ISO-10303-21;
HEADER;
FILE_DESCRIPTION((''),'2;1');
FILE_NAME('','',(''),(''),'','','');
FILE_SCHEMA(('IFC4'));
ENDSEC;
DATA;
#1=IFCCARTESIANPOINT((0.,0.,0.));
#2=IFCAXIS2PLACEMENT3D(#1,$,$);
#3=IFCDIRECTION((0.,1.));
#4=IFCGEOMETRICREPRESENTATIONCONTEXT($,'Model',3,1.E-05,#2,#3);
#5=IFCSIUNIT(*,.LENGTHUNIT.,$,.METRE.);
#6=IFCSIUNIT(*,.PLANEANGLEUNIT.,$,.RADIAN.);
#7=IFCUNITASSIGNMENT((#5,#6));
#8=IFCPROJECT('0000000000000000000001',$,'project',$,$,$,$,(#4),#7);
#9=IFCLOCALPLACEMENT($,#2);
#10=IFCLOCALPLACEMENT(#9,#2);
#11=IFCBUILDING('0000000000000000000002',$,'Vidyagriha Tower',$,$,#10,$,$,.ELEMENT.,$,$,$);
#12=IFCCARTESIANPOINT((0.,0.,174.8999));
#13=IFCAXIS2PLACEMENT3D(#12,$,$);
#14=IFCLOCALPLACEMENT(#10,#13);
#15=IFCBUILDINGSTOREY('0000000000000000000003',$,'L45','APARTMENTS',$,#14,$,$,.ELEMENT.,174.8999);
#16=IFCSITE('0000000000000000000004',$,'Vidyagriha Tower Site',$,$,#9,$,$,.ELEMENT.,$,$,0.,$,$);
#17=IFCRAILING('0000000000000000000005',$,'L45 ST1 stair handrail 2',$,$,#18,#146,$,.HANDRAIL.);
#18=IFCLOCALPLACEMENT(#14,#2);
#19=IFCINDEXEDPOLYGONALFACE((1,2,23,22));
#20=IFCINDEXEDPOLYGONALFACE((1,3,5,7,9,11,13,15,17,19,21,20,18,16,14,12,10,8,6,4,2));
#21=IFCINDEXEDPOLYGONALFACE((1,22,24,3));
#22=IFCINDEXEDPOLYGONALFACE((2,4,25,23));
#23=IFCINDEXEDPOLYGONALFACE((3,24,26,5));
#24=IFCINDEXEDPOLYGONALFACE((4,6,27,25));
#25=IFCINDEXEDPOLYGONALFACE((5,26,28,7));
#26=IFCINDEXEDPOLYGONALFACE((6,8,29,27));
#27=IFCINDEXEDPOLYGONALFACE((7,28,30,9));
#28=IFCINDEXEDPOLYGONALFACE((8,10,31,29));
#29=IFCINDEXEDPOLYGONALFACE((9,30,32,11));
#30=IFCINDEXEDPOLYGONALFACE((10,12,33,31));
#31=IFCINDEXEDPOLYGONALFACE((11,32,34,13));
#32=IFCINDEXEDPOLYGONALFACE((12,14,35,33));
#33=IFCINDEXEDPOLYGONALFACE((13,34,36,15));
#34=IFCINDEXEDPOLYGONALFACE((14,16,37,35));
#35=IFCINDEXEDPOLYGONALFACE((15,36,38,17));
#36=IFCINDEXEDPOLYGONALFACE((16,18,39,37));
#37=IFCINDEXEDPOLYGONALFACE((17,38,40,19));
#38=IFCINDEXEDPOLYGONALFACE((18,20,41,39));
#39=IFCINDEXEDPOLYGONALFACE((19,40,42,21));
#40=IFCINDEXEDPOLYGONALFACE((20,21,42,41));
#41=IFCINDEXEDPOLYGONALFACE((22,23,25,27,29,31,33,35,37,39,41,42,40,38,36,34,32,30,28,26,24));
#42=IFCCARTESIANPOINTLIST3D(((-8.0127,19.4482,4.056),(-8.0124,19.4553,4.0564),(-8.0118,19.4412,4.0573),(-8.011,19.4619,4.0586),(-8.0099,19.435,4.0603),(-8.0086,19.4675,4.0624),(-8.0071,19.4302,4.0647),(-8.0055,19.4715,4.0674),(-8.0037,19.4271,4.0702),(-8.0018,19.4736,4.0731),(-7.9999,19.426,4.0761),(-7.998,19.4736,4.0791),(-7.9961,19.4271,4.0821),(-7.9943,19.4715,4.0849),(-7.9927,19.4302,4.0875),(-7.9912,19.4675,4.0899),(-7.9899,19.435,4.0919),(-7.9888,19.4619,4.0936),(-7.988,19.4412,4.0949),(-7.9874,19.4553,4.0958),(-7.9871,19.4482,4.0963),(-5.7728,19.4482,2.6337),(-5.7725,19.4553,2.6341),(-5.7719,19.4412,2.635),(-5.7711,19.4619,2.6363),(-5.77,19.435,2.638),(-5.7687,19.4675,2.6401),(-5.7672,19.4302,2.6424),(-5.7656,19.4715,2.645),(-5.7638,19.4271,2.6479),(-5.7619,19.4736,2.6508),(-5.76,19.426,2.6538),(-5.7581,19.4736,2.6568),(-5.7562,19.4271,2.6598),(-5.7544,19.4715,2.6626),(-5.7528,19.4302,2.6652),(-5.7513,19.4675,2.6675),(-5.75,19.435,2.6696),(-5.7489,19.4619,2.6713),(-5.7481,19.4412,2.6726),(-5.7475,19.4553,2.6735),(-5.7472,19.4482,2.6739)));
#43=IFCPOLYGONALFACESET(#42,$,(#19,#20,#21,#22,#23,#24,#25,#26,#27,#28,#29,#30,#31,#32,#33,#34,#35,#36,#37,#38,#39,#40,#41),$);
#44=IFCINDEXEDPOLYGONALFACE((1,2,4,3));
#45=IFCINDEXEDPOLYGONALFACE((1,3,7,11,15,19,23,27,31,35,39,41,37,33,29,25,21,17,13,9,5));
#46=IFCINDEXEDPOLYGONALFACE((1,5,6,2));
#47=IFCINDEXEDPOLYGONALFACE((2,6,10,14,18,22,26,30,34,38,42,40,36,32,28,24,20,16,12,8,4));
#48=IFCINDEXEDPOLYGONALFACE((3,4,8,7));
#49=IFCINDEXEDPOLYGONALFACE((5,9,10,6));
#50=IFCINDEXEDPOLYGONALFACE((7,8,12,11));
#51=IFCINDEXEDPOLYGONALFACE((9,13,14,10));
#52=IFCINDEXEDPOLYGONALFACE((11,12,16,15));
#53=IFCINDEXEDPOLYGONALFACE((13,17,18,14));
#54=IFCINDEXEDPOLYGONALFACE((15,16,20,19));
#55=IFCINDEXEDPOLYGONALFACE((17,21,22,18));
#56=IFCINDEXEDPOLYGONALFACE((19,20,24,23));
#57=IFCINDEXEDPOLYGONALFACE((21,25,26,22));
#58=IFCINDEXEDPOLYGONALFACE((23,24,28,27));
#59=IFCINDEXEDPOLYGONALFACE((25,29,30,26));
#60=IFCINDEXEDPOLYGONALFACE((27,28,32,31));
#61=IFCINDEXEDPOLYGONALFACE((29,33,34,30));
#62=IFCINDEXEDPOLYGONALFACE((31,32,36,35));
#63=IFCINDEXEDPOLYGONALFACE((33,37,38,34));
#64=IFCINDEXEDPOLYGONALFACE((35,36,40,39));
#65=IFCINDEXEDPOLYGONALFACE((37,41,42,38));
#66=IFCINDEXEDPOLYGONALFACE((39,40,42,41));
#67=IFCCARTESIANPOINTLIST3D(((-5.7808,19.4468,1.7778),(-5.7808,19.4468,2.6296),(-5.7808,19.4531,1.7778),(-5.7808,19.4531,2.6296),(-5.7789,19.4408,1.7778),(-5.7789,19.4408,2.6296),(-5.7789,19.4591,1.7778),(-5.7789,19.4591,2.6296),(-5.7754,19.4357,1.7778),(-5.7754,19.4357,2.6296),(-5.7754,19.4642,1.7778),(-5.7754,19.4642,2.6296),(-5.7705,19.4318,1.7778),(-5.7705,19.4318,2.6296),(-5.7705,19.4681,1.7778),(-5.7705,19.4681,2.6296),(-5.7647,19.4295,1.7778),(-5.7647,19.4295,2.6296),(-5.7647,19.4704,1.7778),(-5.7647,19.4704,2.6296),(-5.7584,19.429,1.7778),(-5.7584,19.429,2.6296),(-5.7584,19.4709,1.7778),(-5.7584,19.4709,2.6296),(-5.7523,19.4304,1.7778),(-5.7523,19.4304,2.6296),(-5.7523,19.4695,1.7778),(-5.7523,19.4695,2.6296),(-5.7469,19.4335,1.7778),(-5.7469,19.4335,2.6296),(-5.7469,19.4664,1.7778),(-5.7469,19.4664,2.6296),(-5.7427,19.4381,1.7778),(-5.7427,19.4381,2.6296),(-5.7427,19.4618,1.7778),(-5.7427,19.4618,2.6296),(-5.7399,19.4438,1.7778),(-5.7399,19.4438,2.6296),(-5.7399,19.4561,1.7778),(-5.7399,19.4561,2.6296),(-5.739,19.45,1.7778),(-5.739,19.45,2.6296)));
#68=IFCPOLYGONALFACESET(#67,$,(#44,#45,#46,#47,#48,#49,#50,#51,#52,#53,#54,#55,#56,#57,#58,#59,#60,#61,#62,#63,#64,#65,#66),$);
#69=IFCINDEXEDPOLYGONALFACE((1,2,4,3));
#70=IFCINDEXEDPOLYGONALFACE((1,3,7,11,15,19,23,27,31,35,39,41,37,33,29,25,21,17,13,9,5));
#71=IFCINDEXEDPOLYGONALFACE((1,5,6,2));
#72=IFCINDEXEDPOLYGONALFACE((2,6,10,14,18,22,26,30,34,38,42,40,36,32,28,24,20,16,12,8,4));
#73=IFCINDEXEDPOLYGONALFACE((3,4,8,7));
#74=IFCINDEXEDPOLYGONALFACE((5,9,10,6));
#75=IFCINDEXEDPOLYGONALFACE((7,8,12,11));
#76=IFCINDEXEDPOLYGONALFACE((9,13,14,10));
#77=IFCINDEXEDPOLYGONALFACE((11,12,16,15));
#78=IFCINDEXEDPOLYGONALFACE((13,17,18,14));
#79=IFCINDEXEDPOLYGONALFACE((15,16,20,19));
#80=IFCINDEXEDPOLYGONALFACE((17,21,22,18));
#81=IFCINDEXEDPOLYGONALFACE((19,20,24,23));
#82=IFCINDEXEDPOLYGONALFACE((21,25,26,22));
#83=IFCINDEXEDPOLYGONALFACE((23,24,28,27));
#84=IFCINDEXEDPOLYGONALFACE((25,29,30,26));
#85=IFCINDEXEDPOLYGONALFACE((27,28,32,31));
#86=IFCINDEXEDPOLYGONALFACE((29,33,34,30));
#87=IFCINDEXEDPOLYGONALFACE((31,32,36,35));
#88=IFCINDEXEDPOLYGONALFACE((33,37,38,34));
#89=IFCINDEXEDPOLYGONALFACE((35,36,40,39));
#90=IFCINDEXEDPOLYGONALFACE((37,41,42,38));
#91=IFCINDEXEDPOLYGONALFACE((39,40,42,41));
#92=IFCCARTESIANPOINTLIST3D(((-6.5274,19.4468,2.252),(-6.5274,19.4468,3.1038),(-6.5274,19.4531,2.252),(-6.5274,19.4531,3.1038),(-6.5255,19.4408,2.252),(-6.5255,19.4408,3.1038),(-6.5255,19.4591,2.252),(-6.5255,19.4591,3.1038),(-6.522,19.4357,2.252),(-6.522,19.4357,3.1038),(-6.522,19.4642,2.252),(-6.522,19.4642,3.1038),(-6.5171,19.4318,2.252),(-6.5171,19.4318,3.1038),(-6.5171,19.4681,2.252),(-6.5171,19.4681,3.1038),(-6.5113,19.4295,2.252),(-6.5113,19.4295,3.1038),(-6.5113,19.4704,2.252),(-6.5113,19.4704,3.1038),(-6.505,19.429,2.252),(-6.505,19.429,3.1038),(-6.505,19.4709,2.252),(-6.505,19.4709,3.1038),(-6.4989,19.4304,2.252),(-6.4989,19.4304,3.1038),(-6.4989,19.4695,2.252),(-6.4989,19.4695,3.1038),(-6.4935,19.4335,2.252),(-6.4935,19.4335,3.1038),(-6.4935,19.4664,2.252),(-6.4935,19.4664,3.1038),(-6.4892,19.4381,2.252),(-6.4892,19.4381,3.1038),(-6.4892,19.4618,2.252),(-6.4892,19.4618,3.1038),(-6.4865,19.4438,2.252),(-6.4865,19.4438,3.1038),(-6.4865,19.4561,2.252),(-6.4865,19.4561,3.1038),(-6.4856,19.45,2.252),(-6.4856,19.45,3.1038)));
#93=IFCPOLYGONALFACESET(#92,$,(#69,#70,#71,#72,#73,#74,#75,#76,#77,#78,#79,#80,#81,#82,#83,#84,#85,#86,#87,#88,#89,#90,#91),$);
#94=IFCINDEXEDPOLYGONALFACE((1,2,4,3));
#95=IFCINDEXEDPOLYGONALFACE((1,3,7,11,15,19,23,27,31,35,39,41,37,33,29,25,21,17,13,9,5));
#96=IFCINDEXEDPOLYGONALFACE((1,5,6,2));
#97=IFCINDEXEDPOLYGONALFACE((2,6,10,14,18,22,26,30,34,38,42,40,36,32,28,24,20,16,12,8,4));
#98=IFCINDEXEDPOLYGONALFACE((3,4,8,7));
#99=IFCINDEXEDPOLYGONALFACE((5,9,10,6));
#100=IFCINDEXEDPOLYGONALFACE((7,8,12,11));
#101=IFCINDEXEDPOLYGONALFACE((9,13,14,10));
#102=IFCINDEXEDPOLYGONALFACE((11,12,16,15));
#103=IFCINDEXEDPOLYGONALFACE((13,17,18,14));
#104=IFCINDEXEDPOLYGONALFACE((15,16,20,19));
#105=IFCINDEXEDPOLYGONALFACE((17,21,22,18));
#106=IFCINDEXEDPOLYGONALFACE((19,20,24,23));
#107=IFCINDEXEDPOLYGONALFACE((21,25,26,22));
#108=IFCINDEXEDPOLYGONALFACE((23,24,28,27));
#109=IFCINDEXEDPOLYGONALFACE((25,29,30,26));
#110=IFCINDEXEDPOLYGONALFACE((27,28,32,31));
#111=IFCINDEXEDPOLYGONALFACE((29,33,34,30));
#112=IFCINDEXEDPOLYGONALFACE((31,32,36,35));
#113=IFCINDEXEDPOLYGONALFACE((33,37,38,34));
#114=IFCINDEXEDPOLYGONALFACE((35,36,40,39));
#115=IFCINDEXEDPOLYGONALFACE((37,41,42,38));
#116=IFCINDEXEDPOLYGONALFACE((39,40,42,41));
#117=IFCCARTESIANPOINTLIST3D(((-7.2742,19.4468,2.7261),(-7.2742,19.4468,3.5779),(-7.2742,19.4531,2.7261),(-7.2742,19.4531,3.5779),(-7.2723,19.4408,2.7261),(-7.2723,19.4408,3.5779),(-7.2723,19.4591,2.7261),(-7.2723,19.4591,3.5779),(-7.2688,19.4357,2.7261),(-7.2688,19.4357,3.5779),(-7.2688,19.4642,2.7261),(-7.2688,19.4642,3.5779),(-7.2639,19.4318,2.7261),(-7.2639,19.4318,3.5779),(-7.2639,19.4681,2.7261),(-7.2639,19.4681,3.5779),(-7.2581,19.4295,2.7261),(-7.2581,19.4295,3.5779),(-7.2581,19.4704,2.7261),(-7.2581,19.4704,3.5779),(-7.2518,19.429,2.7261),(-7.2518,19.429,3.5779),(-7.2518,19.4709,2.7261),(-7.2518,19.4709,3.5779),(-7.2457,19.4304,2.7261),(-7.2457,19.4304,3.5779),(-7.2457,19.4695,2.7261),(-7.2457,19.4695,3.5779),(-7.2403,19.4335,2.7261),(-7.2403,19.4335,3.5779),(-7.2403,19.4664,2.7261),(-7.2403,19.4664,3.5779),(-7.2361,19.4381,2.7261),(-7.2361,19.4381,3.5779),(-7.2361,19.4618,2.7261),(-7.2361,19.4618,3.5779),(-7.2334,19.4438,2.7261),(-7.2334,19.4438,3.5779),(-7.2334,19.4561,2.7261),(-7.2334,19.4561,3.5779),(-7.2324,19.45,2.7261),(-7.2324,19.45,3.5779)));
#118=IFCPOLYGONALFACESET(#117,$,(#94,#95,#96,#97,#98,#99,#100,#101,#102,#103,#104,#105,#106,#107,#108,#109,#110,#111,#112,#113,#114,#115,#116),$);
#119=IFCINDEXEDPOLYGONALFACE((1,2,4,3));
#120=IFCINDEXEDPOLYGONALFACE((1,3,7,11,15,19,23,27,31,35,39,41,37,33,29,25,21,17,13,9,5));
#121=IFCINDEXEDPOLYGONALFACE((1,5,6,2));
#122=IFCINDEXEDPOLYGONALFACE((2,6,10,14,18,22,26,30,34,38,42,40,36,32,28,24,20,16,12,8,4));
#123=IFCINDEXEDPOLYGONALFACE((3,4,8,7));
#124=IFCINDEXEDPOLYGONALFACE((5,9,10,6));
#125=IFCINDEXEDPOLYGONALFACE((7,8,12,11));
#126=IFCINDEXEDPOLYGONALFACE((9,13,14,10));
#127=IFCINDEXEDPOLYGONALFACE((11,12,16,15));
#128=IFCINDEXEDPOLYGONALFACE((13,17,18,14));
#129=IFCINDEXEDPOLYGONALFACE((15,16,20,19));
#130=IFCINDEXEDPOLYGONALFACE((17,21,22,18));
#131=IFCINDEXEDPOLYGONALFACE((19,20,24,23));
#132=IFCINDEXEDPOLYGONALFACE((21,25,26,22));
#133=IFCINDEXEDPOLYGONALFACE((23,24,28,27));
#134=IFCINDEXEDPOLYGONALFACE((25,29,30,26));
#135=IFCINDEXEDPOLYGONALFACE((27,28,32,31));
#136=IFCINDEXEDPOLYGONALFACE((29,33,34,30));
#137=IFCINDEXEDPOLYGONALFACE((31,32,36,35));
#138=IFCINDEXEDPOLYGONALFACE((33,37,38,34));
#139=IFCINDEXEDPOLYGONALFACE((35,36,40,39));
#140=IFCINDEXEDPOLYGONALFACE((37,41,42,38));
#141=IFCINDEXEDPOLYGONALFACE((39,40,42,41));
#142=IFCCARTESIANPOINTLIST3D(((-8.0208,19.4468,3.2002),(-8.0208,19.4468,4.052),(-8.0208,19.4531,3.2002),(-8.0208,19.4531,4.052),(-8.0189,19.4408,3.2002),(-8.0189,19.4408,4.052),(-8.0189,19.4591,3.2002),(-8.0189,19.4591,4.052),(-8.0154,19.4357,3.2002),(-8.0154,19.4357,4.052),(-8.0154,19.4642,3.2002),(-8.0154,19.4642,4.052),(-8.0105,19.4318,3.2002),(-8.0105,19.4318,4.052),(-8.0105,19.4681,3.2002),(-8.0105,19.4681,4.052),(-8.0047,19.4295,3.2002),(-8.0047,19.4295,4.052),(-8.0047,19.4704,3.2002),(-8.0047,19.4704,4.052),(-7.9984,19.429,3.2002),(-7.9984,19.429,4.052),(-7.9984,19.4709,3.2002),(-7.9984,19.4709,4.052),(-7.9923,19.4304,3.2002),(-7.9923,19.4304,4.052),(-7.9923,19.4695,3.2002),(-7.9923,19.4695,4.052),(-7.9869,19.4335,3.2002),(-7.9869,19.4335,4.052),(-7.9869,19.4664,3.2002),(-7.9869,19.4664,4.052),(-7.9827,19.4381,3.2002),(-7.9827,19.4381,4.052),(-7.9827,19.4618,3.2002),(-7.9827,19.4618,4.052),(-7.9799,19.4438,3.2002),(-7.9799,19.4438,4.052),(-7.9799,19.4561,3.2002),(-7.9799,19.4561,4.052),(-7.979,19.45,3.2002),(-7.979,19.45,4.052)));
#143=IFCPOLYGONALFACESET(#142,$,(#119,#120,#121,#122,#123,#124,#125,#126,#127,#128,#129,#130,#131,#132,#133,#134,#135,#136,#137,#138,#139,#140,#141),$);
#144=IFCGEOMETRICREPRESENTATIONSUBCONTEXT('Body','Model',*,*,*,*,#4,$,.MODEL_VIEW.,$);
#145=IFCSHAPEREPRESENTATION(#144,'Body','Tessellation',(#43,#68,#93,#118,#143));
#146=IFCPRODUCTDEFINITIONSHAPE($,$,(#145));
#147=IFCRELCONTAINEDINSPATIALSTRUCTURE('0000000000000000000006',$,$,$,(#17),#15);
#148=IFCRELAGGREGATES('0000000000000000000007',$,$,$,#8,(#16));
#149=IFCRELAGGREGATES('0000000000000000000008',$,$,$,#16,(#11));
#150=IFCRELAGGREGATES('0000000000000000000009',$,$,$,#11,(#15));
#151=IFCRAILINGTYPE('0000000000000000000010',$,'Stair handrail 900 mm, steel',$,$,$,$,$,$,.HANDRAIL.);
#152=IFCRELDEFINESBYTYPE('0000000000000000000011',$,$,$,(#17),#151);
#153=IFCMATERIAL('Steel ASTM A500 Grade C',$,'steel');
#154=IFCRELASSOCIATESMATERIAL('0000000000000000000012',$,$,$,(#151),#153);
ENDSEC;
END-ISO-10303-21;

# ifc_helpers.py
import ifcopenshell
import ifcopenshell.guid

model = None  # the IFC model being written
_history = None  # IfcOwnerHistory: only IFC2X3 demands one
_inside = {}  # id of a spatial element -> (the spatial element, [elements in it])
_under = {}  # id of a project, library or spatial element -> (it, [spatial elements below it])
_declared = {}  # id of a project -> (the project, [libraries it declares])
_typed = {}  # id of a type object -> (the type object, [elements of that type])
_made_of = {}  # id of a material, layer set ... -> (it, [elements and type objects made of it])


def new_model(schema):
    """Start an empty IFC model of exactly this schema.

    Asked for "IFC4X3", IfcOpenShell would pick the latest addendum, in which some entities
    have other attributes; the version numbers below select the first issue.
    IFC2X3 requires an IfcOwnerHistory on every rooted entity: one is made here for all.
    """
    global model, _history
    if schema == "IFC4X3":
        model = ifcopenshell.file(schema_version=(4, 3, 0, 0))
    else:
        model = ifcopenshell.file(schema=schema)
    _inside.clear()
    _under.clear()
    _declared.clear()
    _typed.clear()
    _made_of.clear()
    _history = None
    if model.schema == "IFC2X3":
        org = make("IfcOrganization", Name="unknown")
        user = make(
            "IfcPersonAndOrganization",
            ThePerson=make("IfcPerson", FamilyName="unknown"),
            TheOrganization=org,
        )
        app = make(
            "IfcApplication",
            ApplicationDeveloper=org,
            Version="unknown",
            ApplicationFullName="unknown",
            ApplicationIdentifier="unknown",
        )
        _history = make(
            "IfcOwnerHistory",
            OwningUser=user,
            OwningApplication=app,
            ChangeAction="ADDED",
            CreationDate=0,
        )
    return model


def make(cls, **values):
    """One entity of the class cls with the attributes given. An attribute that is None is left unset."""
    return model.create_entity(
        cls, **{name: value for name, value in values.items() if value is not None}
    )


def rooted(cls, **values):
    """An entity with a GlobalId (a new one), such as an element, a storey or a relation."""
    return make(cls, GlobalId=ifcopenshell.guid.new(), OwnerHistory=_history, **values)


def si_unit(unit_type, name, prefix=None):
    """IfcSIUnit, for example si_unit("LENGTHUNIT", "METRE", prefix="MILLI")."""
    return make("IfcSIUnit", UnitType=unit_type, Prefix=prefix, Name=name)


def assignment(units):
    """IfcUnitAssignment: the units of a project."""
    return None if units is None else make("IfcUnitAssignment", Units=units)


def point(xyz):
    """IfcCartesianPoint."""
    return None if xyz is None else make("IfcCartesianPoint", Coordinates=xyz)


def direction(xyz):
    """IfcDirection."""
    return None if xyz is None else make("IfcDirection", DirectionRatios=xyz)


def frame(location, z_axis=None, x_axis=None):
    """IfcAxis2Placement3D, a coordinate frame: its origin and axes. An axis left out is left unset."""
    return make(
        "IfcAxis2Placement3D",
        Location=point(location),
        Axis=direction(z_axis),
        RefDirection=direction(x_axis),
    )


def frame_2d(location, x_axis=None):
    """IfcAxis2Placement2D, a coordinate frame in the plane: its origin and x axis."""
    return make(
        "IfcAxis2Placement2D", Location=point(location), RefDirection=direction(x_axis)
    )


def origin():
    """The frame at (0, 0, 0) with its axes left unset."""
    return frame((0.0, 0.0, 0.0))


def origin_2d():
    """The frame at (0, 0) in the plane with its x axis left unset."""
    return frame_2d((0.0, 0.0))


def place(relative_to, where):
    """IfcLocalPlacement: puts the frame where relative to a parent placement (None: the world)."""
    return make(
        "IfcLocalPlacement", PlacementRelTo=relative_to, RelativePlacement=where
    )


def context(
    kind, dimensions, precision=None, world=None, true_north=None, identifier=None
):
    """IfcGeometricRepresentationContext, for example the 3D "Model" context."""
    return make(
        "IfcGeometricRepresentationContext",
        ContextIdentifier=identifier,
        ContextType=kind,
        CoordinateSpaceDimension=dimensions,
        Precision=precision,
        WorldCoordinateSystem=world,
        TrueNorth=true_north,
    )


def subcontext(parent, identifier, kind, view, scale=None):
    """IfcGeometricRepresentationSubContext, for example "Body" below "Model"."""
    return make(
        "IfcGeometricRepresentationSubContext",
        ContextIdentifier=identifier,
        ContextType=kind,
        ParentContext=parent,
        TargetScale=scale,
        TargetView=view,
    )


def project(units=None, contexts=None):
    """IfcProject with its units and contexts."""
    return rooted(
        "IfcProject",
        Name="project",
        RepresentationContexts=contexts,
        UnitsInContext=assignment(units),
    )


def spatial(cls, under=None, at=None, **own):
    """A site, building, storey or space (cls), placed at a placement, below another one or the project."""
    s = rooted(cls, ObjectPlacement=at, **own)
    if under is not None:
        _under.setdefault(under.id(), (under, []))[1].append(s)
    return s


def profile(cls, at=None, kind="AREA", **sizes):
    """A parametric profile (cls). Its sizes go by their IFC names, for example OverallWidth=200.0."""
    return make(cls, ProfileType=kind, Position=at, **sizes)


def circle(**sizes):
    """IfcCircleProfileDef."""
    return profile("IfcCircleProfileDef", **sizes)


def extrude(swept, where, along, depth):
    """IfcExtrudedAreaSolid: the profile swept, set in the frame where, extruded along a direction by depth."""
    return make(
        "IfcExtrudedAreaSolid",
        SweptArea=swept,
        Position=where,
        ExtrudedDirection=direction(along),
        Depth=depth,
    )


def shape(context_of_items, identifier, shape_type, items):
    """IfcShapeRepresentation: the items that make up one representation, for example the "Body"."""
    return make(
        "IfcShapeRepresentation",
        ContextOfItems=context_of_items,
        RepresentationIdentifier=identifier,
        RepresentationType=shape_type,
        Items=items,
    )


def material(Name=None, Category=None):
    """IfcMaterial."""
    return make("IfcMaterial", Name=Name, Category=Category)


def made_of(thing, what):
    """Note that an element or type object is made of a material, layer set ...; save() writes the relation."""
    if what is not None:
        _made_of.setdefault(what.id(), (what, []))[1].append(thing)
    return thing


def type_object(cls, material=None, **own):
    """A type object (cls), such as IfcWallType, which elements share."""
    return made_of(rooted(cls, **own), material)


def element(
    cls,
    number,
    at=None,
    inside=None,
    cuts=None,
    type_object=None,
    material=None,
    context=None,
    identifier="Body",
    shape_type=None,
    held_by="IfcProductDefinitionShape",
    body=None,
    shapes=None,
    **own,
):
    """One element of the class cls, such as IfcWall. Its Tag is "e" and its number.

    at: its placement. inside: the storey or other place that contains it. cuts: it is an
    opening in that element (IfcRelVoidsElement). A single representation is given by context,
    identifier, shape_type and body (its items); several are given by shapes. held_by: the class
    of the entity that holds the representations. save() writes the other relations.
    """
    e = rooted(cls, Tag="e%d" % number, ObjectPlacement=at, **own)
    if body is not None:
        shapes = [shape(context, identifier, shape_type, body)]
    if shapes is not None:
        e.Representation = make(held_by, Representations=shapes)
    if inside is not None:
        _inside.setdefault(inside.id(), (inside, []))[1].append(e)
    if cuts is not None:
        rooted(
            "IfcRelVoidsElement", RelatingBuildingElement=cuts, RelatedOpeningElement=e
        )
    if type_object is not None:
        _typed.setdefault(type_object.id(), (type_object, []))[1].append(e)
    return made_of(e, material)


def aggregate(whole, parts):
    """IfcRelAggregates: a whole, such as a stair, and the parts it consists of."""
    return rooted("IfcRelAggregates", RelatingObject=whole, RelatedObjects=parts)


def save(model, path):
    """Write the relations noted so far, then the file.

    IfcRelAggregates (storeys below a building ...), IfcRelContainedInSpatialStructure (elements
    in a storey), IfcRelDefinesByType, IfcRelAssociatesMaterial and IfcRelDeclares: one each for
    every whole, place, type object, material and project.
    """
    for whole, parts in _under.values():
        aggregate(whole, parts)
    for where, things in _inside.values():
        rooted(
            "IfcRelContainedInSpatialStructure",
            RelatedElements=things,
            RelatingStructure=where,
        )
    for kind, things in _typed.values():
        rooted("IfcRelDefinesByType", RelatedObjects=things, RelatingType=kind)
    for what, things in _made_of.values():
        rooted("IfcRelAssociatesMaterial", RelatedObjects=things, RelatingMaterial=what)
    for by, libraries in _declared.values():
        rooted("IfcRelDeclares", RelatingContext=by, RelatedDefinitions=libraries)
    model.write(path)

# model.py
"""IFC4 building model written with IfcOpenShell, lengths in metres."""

from ifc_helpers import new_model, si_unit, direction, frame, origin, origin_2d, place, context, subcontext, project, spatial, circle, extrude, material, type_object, element, save


model = new_model("IFC4")

# Units and contexts
model_context = context("Model", 3, precision=1e-05, world=origin(), true_north=direction((0.0, 1.0)))
body_context = subcontext(model_context, "Body", "Model", "MODEL_VIEW")
ifc_project = project(units=[si_unit("LENGTHUNIT", "METRE"), si_unit("PLANEANGLEUNIT", "RADIAN")], contexts=[model_context])

# Site, building, storey
site_placement = place(None, origin())
site = spatial("IfcSite", under=ifc_project, at=site_placement, Name="Vidyagriha Tower Site", CompositionType="ELEMENT", RefElevation=0.0)
building_placement = place(site_placement, origin())
building = spatial("IfcBuilding", under=site, at=building_placement, Name="Vidyagriha Tower", CompositionType="ELEMENT")
storey_placement = place(building_placement, frame((0.0, 0.0, 174.8999)))
storey = spatial("IfcBuildingStorey", under=building, at=storey_placement, Name="L45", Description="APARTMENTS", CompositionType="ELEMENT", Elevation=174.8999)

# Railing
ifc_material_1 = material(Name="Steel ASTM A500 Grade C", Category="steel")
railing_type_1 = type_object("IfcRailingType", Name="Stair handrail 900 mm, steel", PredefinedType="HANDRAIL", material=ifc_material_1)
railing_1_placement = place(storey_placement, frame((-5.76, 19.45, 1.7778)))
element("IfcRailing", 1, at=railing_1_placement, inside=storey, type_object=railing_type_1, Name="L45 ST1 stair handrail 2", PredefinedType="HANDRAIL", context=body_context, shape_type="SweptSolid", body=[
    extrude(circle(Radius=0.0239, at=origin_2d()), frame((0.0, 0.0, 0.876), z_axis=(-0.844188, 0.0, 0.536048), x_axis=(0.0, -1.0, 0.0)), (0.0, 0.0, 1.0), 2.6533),
    extrude(circle(Radius=0.021, at=origin_2d()), origin(), (0.0, 0.0, 1.0), 0.8518),
    extrude(circle(Radius=0.021, at=origin_2d()), frame((-0.7466, 0.0, 0.4741)), (0.0, 0.0, 1.0), 0.8518),
    extrude(circle(Radius=0.021, at=origin_2d()), frame((-1.4934, 0.0, 0.9482)), (0.0, 0.0, 1.0), 0.8518),
    extrude(circle(Radius=0.021, at=origin_2d()), frame((-2.24, 0.0, 1.4224)), (0.0, 0.0, 1.0), 0.8518),
])

save(model, "model.ifc")
